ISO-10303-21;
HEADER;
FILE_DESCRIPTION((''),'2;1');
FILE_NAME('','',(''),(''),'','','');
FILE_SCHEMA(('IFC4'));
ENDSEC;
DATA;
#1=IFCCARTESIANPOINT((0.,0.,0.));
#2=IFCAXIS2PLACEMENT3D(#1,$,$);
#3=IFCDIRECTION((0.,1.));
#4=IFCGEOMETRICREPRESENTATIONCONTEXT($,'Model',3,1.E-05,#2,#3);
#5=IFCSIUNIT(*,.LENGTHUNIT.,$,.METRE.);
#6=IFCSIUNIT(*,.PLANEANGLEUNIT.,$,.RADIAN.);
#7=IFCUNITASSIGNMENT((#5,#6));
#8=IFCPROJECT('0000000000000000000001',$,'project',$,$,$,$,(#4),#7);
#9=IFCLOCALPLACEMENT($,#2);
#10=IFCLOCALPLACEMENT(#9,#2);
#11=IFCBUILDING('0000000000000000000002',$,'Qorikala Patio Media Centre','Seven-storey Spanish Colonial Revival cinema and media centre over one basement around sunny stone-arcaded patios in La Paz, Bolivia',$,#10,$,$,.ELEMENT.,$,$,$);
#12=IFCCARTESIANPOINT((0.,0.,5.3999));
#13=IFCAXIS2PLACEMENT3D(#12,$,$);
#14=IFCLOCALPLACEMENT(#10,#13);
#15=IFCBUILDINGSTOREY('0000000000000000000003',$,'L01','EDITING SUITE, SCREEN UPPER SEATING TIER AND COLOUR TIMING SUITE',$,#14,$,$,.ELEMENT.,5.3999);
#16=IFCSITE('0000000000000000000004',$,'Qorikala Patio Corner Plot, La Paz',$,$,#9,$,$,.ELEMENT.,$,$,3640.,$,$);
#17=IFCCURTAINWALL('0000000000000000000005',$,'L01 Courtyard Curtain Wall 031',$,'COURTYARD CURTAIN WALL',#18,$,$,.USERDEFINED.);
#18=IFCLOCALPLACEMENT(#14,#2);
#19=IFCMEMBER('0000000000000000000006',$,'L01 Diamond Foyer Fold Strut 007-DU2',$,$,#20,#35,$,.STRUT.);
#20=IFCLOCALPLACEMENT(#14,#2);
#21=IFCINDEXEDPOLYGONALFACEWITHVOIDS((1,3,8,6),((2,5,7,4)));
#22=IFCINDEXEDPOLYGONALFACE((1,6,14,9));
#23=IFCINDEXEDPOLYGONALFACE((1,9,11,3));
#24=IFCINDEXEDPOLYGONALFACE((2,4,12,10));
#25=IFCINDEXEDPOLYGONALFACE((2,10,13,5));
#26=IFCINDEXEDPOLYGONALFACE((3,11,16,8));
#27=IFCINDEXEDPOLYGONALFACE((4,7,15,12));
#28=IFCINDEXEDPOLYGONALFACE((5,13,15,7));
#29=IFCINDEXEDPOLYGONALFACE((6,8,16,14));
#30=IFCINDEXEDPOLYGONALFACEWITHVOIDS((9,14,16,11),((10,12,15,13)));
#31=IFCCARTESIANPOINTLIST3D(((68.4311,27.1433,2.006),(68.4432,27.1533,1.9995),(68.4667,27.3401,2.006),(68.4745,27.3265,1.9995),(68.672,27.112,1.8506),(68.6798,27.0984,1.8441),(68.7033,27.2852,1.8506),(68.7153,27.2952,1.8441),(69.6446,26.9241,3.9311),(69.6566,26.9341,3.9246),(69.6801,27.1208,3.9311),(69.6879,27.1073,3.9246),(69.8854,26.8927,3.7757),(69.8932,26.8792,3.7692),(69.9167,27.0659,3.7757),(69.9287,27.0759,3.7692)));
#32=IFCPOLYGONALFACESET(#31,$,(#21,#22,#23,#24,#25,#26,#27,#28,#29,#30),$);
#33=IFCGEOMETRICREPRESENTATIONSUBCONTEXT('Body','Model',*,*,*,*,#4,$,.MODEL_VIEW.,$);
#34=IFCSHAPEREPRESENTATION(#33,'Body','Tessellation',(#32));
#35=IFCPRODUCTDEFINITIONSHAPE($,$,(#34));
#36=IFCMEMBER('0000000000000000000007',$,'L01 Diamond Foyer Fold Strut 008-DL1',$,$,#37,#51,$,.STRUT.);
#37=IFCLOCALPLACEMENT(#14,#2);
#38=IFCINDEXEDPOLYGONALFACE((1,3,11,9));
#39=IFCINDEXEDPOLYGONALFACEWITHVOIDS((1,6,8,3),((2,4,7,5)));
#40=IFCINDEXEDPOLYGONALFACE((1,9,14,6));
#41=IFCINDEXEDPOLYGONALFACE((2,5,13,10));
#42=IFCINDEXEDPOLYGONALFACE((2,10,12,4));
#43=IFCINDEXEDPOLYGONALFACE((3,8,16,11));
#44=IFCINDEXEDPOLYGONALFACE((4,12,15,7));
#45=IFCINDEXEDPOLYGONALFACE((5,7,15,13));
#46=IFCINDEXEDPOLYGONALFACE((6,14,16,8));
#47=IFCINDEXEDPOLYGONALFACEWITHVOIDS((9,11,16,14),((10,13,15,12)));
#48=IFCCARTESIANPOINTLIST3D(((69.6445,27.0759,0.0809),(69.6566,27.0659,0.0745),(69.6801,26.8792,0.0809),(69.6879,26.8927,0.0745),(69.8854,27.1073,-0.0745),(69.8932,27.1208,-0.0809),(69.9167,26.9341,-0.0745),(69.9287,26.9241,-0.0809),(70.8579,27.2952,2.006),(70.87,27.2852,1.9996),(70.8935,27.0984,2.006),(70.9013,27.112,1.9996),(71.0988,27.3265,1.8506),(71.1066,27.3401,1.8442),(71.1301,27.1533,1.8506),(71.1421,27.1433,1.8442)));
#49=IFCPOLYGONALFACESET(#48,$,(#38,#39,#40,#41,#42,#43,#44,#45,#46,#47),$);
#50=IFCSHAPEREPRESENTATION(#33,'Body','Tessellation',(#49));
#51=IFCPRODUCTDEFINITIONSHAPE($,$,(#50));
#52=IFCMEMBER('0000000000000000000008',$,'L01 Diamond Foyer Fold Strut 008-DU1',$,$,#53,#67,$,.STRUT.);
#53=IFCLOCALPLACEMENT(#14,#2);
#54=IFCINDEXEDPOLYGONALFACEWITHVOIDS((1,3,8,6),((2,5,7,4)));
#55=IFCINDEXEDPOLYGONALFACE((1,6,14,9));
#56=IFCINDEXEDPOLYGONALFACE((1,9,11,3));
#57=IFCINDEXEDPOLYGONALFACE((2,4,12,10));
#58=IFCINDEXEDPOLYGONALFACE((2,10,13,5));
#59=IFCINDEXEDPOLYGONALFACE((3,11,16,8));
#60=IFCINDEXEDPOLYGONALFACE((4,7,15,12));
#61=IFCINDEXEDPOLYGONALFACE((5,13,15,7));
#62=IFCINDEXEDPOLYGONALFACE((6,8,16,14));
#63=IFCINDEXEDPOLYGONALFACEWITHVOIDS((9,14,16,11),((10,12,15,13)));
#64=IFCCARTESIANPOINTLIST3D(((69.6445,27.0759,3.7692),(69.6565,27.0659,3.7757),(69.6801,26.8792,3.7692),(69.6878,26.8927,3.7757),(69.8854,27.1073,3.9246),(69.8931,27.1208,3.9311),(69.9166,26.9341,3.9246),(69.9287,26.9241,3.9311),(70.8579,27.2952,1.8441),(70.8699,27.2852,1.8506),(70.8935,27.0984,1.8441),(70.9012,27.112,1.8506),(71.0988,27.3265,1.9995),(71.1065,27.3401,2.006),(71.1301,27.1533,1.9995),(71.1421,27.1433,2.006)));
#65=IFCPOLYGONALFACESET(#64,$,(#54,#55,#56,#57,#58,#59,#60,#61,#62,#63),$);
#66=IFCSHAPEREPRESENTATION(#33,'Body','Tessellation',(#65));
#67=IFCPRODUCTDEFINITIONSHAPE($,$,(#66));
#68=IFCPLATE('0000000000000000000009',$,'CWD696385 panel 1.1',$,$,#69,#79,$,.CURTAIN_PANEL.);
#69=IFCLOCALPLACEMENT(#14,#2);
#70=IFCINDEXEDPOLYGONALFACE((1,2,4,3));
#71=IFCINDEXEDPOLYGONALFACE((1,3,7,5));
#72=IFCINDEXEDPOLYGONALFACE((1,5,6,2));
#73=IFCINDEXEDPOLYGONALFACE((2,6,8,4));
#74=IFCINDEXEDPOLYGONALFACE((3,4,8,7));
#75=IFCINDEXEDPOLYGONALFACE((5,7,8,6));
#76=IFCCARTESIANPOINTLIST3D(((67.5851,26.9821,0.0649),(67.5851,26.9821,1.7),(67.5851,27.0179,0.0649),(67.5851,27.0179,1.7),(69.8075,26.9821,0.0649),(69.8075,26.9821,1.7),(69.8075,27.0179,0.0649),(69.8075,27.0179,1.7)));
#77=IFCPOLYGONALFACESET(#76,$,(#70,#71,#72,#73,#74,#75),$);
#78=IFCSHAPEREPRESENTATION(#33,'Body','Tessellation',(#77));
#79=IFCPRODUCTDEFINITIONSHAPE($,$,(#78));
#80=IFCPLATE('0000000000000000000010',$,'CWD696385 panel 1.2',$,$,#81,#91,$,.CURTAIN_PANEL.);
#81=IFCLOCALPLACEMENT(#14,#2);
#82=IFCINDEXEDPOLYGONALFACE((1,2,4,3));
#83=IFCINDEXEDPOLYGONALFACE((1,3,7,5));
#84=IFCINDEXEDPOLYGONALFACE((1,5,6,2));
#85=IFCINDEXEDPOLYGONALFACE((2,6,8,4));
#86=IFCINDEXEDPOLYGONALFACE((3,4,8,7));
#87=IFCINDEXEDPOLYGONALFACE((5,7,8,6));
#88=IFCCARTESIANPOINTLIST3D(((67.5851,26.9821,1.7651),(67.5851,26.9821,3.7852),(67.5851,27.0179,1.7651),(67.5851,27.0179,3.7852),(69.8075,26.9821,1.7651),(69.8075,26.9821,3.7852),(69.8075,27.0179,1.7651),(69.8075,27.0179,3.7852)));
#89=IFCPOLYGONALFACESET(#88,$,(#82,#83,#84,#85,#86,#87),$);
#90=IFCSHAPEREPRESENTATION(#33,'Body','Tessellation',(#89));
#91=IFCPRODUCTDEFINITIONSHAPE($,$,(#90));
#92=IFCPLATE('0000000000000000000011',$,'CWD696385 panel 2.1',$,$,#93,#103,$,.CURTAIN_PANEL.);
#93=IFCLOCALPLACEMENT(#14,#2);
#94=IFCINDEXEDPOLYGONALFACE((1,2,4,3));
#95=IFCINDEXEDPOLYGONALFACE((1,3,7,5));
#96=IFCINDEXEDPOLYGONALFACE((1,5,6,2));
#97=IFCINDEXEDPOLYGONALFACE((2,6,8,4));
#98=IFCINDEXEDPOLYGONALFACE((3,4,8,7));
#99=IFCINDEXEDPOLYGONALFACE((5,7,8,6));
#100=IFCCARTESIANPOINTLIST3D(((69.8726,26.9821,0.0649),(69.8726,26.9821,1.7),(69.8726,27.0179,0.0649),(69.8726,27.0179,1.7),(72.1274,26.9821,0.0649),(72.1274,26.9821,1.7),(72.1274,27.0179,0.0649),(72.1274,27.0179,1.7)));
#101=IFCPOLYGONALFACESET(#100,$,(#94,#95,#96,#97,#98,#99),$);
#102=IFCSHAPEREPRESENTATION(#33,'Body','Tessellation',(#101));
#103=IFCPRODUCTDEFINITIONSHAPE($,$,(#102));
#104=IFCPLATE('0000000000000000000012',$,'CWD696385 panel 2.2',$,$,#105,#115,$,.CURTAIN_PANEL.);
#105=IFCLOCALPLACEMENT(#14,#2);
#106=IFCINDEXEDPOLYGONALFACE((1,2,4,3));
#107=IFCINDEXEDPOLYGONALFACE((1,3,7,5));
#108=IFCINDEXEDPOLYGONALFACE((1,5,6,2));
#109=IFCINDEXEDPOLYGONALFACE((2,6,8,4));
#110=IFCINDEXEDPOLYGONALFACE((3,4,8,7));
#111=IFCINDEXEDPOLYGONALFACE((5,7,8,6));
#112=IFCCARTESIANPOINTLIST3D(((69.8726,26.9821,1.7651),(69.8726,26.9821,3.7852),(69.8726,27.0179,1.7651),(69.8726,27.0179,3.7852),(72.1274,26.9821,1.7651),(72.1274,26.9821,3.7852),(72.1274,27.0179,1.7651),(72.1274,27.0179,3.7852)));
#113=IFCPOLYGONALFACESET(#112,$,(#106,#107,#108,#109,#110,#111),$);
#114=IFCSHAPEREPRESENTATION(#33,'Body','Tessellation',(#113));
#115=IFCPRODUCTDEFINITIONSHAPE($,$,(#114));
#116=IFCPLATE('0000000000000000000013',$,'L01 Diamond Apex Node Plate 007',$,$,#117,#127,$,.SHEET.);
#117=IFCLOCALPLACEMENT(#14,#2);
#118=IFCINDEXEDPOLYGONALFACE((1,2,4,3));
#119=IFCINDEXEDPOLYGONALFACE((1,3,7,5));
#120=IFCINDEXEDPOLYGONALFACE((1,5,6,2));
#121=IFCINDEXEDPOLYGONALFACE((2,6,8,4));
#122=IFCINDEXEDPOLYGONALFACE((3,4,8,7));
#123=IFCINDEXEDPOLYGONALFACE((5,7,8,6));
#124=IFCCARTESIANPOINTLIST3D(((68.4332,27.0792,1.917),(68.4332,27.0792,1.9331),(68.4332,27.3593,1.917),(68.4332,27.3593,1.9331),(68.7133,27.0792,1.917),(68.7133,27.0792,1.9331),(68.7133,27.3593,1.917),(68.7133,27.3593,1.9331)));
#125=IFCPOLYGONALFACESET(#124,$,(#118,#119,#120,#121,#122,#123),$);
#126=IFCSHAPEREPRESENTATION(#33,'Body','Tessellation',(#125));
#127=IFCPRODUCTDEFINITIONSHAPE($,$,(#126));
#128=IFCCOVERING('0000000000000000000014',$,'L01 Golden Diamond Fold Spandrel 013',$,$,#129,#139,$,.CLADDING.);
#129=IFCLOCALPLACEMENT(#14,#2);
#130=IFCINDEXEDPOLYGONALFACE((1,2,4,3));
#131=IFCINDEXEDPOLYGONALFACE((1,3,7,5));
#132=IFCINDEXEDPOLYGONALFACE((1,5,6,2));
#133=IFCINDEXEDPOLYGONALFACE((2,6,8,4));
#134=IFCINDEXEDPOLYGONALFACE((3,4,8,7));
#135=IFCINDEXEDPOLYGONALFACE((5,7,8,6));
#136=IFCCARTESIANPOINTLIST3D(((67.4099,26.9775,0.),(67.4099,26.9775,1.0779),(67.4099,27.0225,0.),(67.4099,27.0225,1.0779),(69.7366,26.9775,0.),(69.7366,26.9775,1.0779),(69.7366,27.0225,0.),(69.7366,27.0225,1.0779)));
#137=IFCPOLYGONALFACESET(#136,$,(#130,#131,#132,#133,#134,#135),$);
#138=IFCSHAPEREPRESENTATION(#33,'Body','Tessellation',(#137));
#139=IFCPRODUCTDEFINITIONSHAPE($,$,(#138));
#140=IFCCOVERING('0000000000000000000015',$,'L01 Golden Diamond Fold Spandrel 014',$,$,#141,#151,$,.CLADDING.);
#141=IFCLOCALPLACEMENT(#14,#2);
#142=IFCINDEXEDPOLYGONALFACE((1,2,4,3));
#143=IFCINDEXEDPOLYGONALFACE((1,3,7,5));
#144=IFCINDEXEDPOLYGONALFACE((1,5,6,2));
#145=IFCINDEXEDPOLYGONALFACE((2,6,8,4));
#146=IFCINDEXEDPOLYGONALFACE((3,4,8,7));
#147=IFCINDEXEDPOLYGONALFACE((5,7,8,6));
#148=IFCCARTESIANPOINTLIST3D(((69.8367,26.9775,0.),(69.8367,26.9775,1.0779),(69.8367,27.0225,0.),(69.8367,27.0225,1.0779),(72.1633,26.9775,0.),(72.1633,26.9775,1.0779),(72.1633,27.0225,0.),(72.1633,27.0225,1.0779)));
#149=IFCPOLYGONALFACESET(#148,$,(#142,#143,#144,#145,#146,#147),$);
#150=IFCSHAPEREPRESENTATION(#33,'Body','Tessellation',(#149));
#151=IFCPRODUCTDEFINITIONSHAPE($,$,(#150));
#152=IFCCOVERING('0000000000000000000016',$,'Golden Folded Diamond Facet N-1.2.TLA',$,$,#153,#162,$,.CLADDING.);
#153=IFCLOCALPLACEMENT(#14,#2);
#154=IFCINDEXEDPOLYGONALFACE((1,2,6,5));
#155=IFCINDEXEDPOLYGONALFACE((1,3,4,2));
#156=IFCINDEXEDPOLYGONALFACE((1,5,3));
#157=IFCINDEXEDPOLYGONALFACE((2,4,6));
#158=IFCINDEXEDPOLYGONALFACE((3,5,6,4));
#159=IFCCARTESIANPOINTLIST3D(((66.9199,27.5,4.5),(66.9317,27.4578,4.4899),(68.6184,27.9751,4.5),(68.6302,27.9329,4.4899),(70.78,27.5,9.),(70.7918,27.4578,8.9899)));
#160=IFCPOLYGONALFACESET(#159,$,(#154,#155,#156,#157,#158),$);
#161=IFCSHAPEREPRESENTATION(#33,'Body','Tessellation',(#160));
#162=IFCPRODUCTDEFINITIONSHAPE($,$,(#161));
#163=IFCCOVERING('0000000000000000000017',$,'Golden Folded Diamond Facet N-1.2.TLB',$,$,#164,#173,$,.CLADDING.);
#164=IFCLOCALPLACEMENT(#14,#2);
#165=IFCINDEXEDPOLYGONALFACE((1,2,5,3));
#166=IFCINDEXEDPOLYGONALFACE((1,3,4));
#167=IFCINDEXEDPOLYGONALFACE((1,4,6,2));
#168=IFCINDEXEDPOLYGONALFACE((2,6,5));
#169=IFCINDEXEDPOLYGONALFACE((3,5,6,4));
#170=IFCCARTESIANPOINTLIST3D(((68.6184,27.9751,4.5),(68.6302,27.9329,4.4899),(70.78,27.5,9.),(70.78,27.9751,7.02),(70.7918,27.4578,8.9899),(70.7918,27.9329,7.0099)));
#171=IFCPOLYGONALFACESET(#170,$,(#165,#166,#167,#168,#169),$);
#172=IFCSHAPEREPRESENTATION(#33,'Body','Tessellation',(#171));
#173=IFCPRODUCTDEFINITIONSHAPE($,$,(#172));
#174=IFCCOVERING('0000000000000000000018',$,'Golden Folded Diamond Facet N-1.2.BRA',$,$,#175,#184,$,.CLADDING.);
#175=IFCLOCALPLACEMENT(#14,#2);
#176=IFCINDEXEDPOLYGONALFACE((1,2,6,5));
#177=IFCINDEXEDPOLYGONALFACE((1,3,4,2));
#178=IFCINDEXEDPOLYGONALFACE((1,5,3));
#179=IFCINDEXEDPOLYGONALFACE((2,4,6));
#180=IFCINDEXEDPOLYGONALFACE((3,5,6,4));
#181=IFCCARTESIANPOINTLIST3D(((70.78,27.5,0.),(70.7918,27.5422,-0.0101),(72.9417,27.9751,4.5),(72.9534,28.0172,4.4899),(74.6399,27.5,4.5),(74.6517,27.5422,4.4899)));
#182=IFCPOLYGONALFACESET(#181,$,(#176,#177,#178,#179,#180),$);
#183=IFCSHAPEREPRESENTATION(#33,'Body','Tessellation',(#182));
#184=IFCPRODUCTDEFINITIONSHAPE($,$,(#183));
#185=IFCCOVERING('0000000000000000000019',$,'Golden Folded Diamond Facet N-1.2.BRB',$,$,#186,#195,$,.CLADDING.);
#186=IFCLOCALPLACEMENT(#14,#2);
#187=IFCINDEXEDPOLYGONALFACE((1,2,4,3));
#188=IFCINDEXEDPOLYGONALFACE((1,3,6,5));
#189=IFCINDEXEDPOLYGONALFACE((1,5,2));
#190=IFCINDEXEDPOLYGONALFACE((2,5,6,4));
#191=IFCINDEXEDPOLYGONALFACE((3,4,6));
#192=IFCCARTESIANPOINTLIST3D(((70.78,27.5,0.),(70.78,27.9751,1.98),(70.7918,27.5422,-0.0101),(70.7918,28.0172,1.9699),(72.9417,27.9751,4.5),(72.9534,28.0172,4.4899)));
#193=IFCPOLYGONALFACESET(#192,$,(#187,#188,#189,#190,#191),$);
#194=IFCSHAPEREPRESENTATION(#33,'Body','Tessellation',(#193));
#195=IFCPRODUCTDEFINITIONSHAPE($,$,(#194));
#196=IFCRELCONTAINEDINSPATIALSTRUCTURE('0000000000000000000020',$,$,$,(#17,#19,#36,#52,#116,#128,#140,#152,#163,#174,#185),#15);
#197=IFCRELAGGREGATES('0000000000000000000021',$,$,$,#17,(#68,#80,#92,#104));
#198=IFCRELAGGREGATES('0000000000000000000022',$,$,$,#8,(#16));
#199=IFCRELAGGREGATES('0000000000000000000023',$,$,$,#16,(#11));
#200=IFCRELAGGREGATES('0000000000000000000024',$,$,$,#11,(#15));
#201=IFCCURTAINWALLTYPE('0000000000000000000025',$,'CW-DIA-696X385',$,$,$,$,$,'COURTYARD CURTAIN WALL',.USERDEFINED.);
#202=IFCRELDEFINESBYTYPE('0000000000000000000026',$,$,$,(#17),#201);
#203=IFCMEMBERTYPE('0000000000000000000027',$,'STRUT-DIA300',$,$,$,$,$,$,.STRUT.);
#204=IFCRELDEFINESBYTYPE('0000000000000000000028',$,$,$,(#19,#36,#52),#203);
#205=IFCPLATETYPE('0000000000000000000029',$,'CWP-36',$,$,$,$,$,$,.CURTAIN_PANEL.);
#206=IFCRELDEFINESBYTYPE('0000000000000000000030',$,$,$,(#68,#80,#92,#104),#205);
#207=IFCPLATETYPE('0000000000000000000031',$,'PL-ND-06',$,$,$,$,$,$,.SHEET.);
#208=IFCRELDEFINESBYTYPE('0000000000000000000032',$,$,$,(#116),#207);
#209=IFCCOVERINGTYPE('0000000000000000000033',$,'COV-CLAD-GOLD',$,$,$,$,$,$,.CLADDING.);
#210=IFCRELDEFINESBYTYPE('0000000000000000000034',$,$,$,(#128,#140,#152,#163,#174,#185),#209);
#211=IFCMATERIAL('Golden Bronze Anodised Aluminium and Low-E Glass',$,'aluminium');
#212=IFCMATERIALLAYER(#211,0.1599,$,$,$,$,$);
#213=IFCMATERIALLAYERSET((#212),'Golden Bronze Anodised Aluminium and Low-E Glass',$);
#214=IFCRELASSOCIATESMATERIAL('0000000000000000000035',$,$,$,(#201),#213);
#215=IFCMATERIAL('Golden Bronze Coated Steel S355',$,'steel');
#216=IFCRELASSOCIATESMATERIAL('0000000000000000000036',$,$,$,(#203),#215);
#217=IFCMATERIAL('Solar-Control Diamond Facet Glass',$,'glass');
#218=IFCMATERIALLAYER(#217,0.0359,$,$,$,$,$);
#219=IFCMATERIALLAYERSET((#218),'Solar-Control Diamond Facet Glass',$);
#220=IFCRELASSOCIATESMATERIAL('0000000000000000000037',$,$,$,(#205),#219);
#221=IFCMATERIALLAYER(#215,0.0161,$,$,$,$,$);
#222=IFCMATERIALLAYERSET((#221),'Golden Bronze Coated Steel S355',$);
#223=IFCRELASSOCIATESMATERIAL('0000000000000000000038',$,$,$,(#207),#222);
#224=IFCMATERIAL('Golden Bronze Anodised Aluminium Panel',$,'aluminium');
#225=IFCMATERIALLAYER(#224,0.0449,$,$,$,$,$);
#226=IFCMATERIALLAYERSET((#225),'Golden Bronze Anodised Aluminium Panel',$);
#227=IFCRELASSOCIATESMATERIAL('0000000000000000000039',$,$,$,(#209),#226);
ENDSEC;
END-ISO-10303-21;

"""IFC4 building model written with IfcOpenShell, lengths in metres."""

from ifc_helpers import new_model, si_unit, direction, frame, origin, origin_2d, place, context, subcontext, project, spatial, polyline, rectangle, hollow_rectangle, outline, extrude, material, layer, layer_set, material_profile, profile_set, type_object, element, aggregate, save


model = new_model("IFC4")

# Units and contexts
model_context = context("Model", 3, precision=1e-05, world=origin(), true_north=direction((0.0, 1.0)))
body_context = subcontext(model_context, "Body", "Model", "MODEL_VIEW")
ifc_project = project(units=[si_unit("LENGTHUNIT", "METRE"), si_unit("PLANEANGLEUNIT", "RADIAN")], contexts=[model_context])

# Site, building, storey
site_placement = place(None, origin())
site = spatial("IfcSite", under=ifc_project, at=site_placement, Name="Qorikala Patio Corner Plot, La Paz", CompositionType="ELEMENT", RefElevation=3640.0)
building_placement = place(site_placement, origin())
building = spatial("IfcBuilding", under=site, at=building_placement, Name="Qorikala Patio Media Centre", Description="Seven-storey Spanish Colonial Revival cinema and media centre over one basement around sunny stone-arcaded patios in La Paz, Bolivia", CompositionType="ELEMENT")
storey_placement = place(building_placement, frame((0.0, 0.0, 5.3999)))
storey = spatial("IfcBuildingStorey", under=building, at=storey_placement, Name="L01", Description="EDITING SUITE, SCREEN UPPER SEATING TIER AND COLOUR TIMING SUITE", CompositionType="ELEMENT", Elevation=5.3999)

# Shared definitions
ifc_material_1 = material(Name="Golden Bronze Coated Steel S355", Category="steel")

# Curtain wall
ifc_material_2 = material(Name="Golden Bronze Anodised Aluminium and Low-E Glass", Category="aluminium")
ifc_layer_1 = layer(ifc_material_2, 0.1599)
ifc_layer_set_1 = layer_set([ifc_layer_1], Name="Golden Bronze Anodised Aluminium and Low-E Glass")
curtain_wall_type = type_object("IfcCurtainWallType", Name="CW-DIA-696X385", ElementType="COURTYARD CURTAIN WALL", PredefinedType="USERDEFINED", material=ifc_layer_set_1)
curtain_wall_placement = place(storey_placement, origin())
curtain_wall = element("IfcCurtainWall", 1, at=curtain_wall_placement, inside=storey, type_object=curtain_wall_type, Name="L01 Courtyard Curtain Wall 031", ObjectType="COURTYARD CURTAIN WALL", PredefinedType="USERDEFINED")

# Members
ifc_material_profile_1 = material_profile(ifc_material_1, hollow_rectangle(XDim=0.2, YDim=0.3, WallThickness=0.012, at=origin_2d()), Name="HSS300X200X12")
ifc_profile_set_1 = profile_set([ifc_material_profile_1], Name="Golden Bronze Coated Steel S355")
member_type_1 = type_object("IfcMemberType", Name="STRUT-DIA300", PredefinedType="STRUT", material=ifc_profile_set_1)
for number, where, z_axis, x_axis, name in (
    (2, (68.5732, 27.2192, 1.925), (0.530768, -0.095901, 0.842074), (0.177805, 0.984066, 0.0), "L01 Diamond Foyer Fold Strut 007-DU2"),
    (3, (69.7866, 27.0, 0.0), (0.530768, 0.095901, 0.842074), (-0.177805, 0.984066, 0.0), "L01 Diamond Foyer Fold Strut 008-DL1"),
    (4, (71.0, 27.2192, 1.925), (-0.530768, -0.095901, 0.842074), (0.177805, -0.984066, 0.0), "L01 Diamond Foyer Fold Strut 008-DU1"),
):
    element("IfcMember", number, at=place(storey_placement, frame(where, z_axis=z_axis, x_axis=x_axis)), inside=storey, type_object=member_type_1, Name=name, PredefinedType="STRUT", context=body_context, shape_type="SweptSolid", body=[
        extrude(hollow_rectangle(XDim=0.2, YDim=0.3, WallThickness=0.012, at=origin_2d()), origin(), (0.0, 0.0, 1.0), 2.2861),
    ])

# Plates
ifc_material_3 = material(Name="Solar-Control Diamond Facet Glass", Category="glass")
ifc_layer_2 = layer(ifc_material_3, 0.0359)
ifc_layer_set_2 = layer_set([ifc_layer_2], Name="Solar-Control Diamond Facet Glass")
plate_type_1 = type_object("IfcPlateType", Name="CWP-36", PredefinedType="CURTAIN_PANEL", material=ifc_layer_set_2)
plate_1_placement = place(storey_placement, frame((68.6963, 27.0, 0.0649), z_axis=(0.0, 0.0, 1.0), x_axis=(1.0, 0.0, 0.0)))
plate_1 = element("IfcPlate", 5, at=plate_1_placement, type_object=plate_type_1, Name="CWD696385 panel 1.1", PredefinedType="CURTAIN_PANEL", context=body_context, shape_type="SweptSolid", body=[
    extrude(rectangle(XDim=2.2224, YDim=0.0359, at=origin_2d()), origin(), (0.0, 0.0, 1.0), 1.635),
])
plate_2_placement = place(storey_placement, frame((68.6963, 27.0, 1.7651), z_axis=(0.0, 0.0, 1.0), x_axis=(1.0, 0.0, 0.0)))
plate_2 = element("IfcPlate", 6, at=plate_2_placement, type_object=plate_type_1, Name="CWD696385 panel 1.2", PredefinedType="CURTAIN_PANEL", context=body_context, shape_type="SweptSolid", body=[
    extrude(rectangle(XDim=2.2224, YDim=0.0359, at=origin_2d()), origin(), (0.0, 0.0, 1.0), 2.02),
])
plate_3_placement = place(storey_placement, frame((71.0, 27.0, 0.0649), z_axis=(0.0, 0.0, 1.0), x_axis=(1.0, 0.0, 0.0)))
plate_3 = element("IfcPlate", 7, at=plate_3_placement, type_object=plate_type_1, Name="CWD696385 panel 2.1", PredefinedType="CURTAIN_PANEL", context=body_context, shape_type="SweptSolid", body=[
    extrude(rectangle(XDim=2.2549, YDim=0.0359, at=origin_2d()), origin(), (0.0, 0.0, 1.0), 1.635),
])
plate_4_placement = place(storey_placement, frame((71.0, 27.0, 1.7651), z_axis=(0.0, 0.0, 1.0), x_axis=(1.0, 0.0, 0.0)))
plate_4 = element("IfcPlate", 8, at=plate_4_placement, type_object=plate_type_1, Name="CWD696385 panel 2.2", PredefinedType="CURTAIN_PANEL", context=body_context, shape_type="SweptSolid", body=[
    extrude(rectangle(XDim=2.2549, YDim=0.0359, at=origin_2d()), origin(), (0.0, 0.0, 1.0), 2.02),
])
aggregate(curtain_wall, [plate_1, plate_2, plate_3, plate_4])
ifc_layer_3 = layer(ifc_material_1, 0.0161)
ifc_layer_set_3 = layer_set([ifc_layer_3], Name="Golden Bronze Coated Steel S355")
plate_type_2 = type_object("IfcPlateType", Name="PL-ND-06", PredefinedType="SHEET", material=ifc_layer_set_3)
plate_5_placement = place(storey_placement, frame((68.5732, 27.2192, 1.917), z_axis=(0.0, 0.0, 1.0), x_axis=(1.0, 0.0, 0.0)))
element("IfcPlate", 9, at=plate_5_placement, inside=storey, type_object=plate_type_2, Name="L01 Diamond Apex Node Plate 007", PredefinedType="SHEET", context=body_context, shape_type="SweptSolid", body=[
    extrude(rectangle(XDim=0.28, YDim=0.28, at=origin_2d()), origin(), (0.0, 0.0, 1.0), 0.0161),
])

# Coverings
ifc_material_4 = material(Name="Golden Bronze Anodised Aluminium Panel", Category="aluminium")
ifc_layer_4 = layer(ifc_material_4, 0.0449)
ifc_layer_set_4 = layer_set([ifc_layer_4], Name="Golden Bronze Anodised Aluminium Panel")
covering_type = type_object("IfcCoveringType", Name="COV-CLAD-GOLD", PredefinedType="CLADDING", material=ifc_layer_set_4)
for number, where, z_axis, x_axis, name in (
    (10, (68.5732, 27.0, 0.0), (0.0, 0.0, 1.0), (1.0, 0.0, 0.0), "L01 Golden Diamond Fold Spandrel 013"),
    (11, (71.0, 27.0, 0.0), (0.0, 0.0, 1.0), (1.0, 0.0, 0.0), "L01 Golden Diamond Fold Spandrel 014"),
):
    element("IfcCovering", number, at=place(storey_placement, frame(where, z_axis=z_axis, x_axis=x_axis)), inside=storey, type_object=covering_type, Name=name, PredefinedType="CLADDING", context=body_context, shape_type="SweptSolid", body=[
        extrude(rectangle(XDim=2.3267, YDim=0.0449, at=origin_2d()), origin(), (0.0, 0.0, 1.0), 1.0779),
    ])
covering_1_placement = place(storey_placement, frame((70.78, 27.5, 9.0), z_axis=(-0.262462, 0.93831, 0.225141), x_axis=(-0.65108, 0.0, -0.759009)))
element("IfcCovering", 12, at=covering_1_placement, inside=storey, type_object=covering_type, Name="Golden Folded Diamond Facet N-1.2.TLA", PredefinedType="CLADDING", context=body_context, shape_type="SweptSolid", body=[
    extrude(outline(polyline([(0.0, 0.0), (5.9288, 0.0), (4.8229, -1.3739), (0.0, 0.0)])), origin(), (0.0, 0.0, -1.0), 0.0449),
])
covering_2_placement = place(storey_placement, frame((70.78, 27.5, 9.0), z_axis=(-0.262476, 0.938304, 0.225147), x_axis=(-0.431047, 0.094739, -0.897342)))
element("IfcCovering", 13, at=covering_2_placement, inside=storey, type_object=covering_type, Name="Golden Folded Diamond Facet N-1.2.TLB", PredefinedType="CLADDING", context=body_context, shape_type="SweptSolid", body=[
    extrude(outline(polyline([(0.0, 0.0), (5.0148, 0.0), (1.8217, -0.9096), (0.0, 0.0)])), origin(), (0.0, 0.0, -1.0), 0.0449),
])
covering_3_placement = place(storey_placement, frame((70.78, 27.5, 0.0), z_axis=(-0.262496, -0.938297, 0.225156), x_axis=(0.651056, 0.0, 0.75903)))
element("IfcCovering", 14, at=covering_3_placement, inside=storey, type_object=covering_type, Name="Golden Folded Diamond Facet N-1.2.BRA", PredefinedType="CLADDING", context=body_context, shape_type="SweptSolid", body=[
    extrude(outline(polyline([(0.0, 0.0), (5.9286, 0.0), (4.823, 1.3738), (0.0, 0.0)])), origin(), (0.0, 0.0, -1.0), 0.0449),
])
covering_4_placement = place(storey_placement, frame((70.78, 27.5, 0.0), z_axis=(-0.262476, -0.938304, 0.225147), x_axis=(0.431047, 0.094739, 0.897342)))
element("IfcCovering", 15, at=covering_4_placement, inside=storey, type_object=covering_type, Name="Golden Folded Diamond Facet N-1.2.BRB", PredefinedType="CLADDING", context=body_context, shape_type="SweptSolid", body=[
    extrude(outline(polyline([(0.0, 0.0), (5.0148, 0.0), (1.8217, 0.9096), (0.0, 0.0)])), origin(), (0.0, 0.0, -1.0), 0.0449),
])

save(model, "model.ifc")
